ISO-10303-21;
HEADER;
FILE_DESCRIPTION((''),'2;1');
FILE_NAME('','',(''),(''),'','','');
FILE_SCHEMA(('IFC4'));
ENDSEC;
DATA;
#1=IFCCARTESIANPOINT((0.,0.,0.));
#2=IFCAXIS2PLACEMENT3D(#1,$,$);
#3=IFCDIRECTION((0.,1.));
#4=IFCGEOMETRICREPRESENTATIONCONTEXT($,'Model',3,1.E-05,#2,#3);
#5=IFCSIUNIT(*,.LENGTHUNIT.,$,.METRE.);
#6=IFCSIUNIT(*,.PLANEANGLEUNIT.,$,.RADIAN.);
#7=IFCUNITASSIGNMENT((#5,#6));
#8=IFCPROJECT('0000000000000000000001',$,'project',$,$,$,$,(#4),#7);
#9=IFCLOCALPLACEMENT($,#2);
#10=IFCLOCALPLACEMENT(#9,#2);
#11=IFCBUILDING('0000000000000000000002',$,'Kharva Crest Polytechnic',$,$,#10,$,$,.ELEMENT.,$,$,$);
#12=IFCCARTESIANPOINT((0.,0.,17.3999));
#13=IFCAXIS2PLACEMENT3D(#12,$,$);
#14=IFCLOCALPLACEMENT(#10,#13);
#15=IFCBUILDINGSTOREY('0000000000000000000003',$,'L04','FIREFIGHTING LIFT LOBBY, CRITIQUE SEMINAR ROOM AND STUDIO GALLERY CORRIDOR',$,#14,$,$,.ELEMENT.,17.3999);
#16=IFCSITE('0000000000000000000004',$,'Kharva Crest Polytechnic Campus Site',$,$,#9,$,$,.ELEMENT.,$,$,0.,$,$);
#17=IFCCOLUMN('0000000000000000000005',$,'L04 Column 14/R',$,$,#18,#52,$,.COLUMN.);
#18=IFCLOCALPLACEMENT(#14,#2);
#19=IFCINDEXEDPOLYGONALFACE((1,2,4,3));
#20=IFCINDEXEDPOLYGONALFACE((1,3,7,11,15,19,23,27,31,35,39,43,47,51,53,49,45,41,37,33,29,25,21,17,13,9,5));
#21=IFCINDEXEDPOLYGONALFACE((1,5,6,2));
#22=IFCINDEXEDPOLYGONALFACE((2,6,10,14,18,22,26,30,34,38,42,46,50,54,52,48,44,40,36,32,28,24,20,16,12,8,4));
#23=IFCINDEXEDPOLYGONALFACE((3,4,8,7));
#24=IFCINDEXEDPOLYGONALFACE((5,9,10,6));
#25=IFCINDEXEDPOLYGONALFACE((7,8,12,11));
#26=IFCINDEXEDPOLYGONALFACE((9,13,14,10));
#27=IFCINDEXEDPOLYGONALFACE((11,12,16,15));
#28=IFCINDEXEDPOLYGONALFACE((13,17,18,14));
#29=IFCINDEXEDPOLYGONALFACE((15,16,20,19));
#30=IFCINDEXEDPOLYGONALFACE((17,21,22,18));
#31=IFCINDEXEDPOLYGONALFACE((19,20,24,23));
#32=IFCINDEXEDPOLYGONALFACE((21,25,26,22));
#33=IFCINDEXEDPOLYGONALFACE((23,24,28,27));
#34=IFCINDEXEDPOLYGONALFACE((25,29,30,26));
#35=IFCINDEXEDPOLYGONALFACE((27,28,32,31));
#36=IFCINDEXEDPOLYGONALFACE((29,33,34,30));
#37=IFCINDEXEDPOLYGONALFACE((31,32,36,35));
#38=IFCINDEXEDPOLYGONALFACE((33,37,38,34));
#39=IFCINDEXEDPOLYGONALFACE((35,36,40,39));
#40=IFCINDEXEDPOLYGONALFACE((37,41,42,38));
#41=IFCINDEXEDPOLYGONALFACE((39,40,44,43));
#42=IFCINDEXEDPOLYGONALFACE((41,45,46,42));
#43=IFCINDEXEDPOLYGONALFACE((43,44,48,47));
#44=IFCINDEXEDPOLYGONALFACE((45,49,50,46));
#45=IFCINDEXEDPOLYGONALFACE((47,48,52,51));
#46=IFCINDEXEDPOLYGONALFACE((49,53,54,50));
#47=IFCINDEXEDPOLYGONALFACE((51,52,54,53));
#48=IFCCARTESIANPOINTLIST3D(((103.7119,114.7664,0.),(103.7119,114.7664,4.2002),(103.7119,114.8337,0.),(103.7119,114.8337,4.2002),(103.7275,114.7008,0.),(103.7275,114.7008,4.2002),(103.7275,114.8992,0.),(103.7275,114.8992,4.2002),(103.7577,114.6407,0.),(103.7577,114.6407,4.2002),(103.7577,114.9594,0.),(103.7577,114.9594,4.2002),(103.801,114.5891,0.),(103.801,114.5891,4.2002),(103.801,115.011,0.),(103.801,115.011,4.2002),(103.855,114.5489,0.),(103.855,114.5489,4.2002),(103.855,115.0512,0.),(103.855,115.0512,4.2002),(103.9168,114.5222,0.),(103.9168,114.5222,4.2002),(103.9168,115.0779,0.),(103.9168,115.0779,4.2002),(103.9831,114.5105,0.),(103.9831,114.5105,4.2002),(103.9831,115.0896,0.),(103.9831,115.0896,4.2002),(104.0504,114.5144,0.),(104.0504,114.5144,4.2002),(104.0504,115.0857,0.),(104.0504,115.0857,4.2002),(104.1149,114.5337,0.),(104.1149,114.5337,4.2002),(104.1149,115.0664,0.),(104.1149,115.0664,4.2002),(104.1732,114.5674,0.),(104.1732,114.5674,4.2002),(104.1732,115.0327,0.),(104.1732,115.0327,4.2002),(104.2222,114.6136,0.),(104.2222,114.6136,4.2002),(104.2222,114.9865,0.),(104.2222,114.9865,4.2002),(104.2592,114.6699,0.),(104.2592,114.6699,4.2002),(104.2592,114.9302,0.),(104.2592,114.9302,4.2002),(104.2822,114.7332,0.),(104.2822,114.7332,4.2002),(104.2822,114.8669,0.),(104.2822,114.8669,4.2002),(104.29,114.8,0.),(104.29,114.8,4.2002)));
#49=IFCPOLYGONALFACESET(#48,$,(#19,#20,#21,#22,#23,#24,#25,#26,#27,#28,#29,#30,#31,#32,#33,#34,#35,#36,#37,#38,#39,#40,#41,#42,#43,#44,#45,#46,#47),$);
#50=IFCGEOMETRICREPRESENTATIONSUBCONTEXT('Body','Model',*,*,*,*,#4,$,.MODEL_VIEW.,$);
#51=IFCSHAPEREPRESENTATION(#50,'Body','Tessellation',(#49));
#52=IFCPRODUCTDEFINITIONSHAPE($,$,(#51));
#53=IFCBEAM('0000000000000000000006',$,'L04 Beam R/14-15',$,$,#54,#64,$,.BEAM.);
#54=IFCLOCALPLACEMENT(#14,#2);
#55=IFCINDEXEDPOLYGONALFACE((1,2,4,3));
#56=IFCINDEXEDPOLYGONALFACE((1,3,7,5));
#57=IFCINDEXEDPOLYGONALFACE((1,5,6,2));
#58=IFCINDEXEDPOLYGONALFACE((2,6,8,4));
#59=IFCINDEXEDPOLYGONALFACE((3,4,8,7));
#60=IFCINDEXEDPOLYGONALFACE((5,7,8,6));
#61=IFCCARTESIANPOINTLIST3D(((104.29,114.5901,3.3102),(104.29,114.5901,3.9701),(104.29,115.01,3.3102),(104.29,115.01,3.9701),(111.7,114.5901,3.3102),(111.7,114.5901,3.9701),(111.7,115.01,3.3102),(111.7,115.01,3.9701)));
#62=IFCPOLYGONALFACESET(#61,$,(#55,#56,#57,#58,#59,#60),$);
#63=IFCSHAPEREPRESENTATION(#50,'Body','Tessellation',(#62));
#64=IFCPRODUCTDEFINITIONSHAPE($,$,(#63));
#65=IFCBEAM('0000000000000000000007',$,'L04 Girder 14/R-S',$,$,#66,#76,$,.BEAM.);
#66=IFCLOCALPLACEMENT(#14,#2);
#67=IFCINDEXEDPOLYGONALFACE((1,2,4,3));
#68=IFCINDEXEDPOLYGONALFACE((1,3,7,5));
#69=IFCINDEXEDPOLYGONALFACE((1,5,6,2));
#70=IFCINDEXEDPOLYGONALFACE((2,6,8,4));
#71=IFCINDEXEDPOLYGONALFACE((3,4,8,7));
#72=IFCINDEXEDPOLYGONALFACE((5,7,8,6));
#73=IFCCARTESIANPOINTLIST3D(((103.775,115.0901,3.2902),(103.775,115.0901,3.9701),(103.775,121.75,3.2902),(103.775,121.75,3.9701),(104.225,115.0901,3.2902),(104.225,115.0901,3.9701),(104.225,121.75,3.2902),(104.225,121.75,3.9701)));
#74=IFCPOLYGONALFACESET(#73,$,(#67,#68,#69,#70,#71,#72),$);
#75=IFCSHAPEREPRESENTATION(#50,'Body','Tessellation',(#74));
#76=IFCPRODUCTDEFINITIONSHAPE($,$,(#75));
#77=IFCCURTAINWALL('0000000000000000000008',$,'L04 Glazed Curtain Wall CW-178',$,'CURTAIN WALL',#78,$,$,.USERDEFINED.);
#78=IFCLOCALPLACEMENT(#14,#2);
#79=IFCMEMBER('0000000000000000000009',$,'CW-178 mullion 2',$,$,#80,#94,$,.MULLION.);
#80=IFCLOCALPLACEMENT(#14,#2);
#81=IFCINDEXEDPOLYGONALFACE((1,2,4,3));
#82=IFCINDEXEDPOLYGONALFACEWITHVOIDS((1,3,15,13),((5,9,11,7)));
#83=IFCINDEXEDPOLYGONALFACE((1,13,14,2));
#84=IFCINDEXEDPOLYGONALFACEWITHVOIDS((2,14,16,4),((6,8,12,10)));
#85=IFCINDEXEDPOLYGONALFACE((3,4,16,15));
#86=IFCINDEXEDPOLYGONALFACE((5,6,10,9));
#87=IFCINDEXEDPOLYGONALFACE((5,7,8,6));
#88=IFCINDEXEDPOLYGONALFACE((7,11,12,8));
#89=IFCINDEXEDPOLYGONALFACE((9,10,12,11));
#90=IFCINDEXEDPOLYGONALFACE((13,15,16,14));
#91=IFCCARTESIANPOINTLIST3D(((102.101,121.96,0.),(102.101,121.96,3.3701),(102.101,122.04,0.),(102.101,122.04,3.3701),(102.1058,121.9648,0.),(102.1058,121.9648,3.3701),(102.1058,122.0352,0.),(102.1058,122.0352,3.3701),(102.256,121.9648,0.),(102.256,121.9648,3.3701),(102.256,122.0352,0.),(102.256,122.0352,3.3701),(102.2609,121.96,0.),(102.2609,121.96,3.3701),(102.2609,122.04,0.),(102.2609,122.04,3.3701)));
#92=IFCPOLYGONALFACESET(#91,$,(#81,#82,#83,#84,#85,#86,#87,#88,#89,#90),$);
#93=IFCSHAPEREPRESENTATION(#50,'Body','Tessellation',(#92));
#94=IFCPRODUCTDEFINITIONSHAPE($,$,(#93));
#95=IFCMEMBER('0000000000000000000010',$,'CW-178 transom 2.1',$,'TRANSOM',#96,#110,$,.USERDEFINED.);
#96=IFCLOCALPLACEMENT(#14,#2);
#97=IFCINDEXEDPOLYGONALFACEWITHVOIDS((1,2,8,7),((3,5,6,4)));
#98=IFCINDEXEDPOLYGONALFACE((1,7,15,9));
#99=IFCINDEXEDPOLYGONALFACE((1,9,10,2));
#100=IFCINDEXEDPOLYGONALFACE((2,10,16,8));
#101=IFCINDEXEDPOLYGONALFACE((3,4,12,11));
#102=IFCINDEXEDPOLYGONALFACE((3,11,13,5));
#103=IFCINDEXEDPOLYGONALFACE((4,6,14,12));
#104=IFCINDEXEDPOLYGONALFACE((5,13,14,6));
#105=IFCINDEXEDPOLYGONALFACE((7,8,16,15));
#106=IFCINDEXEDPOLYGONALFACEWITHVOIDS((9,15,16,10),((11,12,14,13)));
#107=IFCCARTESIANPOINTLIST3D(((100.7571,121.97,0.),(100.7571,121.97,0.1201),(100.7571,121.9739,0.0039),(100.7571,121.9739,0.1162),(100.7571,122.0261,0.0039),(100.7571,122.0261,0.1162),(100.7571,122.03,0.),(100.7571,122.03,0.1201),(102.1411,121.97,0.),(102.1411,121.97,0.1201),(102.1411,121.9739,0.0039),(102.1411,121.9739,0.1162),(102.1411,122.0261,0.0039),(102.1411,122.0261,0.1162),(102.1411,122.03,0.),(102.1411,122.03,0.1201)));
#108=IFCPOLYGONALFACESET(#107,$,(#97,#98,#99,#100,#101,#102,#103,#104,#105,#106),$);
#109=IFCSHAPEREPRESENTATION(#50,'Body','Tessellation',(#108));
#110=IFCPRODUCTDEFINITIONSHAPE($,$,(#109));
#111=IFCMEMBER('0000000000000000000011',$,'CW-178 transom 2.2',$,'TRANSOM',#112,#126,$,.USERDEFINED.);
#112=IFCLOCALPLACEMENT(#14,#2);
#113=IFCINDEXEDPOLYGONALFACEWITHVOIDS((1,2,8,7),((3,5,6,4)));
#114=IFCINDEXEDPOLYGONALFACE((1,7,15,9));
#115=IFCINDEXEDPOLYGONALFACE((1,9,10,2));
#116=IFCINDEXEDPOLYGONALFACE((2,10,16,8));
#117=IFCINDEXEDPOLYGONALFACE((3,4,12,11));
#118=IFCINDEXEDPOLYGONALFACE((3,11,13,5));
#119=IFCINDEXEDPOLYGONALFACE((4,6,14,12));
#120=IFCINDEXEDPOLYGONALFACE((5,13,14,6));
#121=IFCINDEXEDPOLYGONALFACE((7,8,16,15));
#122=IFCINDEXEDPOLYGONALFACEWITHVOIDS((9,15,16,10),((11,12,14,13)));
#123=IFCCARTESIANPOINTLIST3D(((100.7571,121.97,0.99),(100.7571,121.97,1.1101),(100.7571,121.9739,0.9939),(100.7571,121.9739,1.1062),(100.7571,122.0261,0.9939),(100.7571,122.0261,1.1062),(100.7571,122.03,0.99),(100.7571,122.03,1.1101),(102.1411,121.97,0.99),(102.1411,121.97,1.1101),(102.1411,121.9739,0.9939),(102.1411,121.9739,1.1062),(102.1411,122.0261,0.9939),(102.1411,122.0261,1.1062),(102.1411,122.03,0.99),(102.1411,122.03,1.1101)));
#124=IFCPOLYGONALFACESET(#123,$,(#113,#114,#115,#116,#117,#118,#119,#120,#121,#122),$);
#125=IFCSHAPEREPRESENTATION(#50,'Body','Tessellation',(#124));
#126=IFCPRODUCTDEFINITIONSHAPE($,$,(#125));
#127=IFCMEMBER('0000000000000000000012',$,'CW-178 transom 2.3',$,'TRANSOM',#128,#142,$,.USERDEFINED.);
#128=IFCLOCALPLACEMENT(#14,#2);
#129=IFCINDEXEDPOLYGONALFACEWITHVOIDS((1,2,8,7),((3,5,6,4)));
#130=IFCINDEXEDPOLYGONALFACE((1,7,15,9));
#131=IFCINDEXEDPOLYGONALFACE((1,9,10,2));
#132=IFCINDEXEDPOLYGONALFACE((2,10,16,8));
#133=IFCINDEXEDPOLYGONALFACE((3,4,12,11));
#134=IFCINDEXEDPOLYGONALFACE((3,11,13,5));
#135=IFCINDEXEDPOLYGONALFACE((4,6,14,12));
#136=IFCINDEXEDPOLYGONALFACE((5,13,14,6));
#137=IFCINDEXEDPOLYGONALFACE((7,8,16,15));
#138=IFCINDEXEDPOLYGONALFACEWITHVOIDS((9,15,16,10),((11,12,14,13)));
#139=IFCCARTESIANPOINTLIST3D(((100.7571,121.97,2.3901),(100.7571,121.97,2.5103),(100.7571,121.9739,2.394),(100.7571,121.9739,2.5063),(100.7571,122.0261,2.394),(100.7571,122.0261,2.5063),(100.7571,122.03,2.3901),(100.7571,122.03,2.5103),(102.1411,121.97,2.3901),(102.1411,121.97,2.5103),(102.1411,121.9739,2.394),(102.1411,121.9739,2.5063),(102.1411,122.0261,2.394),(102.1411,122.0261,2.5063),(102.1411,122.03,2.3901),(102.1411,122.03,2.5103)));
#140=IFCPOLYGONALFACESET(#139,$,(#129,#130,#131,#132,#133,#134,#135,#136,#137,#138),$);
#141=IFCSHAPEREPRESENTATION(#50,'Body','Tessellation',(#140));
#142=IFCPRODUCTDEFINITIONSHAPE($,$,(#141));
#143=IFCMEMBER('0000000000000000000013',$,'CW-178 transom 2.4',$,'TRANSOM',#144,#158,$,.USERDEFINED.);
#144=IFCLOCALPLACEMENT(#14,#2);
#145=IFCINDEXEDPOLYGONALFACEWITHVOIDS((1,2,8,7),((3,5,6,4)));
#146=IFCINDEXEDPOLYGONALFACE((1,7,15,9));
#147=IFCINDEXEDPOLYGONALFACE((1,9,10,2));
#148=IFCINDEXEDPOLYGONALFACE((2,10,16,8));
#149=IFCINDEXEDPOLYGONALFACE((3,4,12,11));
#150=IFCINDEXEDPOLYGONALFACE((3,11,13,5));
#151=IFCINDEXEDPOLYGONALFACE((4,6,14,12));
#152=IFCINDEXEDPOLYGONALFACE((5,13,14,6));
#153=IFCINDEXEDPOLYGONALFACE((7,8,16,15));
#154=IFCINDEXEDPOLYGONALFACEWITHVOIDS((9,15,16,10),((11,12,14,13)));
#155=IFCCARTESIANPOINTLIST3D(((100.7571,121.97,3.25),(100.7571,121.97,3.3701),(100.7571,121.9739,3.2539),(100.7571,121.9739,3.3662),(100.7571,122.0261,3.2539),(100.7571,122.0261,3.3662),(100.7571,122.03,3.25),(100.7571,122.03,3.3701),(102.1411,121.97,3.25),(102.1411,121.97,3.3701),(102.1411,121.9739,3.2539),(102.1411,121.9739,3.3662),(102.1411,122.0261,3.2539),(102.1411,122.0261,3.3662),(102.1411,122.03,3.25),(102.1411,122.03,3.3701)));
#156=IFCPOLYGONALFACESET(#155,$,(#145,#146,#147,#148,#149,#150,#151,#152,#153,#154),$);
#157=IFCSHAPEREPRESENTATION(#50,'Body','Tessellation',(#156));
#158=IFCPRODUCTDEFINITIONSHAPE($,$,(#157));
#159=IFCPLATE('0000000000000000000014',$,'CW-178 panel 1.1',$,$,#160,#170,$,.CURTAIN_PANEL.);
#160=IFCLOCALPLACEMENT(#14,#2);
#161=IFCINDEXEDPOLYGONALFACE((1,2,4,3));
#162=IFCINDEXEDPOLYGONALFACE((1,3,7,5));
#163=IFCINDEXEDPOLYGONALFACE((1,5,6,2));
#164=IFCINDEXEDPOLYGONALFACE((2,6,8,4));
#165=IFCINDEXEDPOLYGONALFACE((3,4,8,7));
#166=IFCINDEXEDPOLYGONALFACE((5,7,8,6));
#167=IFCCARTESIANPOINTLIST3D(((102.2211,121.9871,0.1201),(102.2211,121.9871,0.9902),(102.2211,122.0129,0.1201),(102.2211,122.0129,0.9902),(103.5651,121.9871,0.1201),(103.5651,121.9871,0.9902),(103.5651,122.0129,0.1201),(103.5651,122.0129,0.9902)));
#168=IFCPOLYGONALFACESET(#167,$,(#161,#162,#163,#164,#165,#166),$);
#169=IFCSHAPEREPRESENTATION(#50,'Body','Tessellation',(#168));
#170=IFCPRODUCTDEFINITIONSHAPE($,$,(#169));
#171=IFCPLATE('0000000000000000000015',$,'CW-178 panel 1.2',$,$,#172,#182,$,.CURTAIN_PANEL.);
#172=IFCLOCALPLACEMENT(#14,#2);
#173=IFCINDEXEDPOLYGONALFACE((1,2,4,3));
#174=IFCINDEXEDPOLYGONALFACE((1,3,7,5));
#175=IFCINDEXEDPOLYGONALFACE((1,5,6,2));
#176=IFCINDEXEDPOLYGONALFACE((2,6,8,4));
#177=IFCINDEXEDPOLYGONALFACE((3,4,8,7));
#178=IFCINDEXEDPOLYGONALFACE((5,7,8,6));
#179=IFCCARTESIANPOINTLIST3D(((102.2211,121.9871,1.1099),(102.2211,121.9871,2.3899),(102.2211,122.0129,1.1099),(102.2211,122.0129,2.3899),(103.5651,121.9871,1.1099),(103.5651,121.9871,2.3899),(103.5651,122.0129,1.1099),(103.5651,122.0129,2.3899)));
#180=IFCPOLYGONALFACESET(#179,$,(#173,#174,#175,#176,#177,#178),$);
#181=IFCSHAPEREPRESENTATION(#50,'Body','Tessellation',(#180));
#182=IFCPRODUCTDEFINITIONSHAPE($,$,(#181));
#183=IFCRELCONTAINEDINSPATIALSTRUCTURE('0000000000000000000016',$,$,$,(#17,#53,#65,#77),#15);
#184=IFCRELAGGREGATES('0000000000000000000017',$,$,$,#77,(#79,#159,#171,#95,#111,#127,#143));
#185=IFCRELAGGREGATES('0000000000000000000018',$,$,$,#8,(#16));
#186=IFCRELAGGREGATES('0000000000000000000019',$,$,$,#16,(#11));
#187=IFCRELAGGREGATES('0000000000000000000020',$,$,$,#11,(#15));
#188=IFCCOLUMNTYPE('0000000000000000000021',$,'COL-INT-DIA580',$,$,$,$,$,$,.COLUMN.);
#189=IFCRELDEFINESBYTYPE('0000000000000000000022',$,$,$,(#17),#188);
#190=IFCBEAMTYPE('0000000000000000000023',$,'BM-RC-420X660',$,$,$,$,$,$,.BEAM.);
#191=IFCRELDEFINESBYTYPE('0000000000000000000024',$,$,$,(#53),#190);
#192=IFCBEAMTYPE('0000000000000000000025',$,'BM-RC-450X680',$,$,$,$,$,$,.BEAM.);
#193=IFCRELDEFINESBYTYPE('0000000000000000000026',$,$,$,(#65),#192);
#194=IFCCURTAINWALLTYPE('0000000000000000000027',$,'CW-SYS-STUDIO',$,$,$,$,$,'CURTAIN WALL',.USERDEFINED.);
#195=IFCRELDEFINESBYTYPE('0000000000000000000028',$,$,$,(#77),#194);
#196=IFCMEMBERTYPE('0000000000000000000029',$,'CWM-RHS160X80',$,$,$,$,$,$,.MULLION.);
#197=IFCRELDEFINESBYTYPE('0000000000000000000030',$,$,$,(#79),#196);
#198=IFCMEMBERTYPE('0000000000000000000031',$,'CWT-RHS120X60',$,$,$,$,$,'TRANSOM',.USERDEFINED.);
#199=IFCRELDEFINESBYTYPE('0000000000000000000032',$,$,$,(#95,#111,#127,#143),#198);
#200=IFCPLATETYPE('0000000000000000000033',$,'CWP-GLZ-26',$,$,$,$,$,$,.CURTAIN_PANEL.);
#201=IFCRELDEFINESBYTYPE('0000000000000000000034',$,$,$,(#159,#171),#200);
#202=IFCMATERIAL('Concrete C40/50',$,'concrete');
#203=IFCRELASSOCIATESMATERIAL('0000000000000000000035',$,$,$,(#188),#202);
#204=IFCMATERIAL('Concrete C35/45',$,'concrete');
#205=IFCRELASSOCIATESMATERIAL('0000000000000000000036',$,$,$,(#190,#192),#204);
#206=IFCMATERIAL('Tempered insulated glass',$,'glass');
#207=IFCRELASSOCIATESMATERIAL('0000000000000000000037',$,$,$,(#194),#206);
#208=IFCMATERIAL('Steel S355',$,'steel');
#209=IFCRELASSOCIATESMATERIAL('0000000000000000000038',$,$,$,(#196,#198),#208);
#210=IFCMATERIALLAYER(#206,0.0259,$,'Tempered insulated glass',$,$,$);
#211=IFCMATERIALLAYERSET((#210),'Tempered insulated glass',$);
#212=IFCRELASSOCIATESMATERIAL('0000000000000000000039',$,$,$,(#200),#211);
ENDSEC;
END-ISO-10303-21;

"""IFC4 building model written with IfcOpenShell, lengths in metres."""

from ifc_helpers import new_model, si_unit, direction, frame, origin, origin_2d, place, context, subcontext, project, spatial, rectangle, hollow_rectangle, circle, extrude, material, layer, layer_set, material_profile, profile_set, type_object, element, aggregate, save


model = new_model("IFC4")

# Units and contexts
model_context = context("Model", 3, precision=1e-05, world=origin(), true_north=direction((0.0, 1.0)))
body_context = subcontext(model_context, "Body", "Model", "MODEL_VIEW")
ifc_project = project(units=[si_unit("LENGTHUNIT", "METRE"), si_unit("PLANEANGLEUNIT", "RADIAN")], contexts=[model_context])

# Site, building, storey
site_placement = place(None, origin())
site = spatial("IfcSite", under=ifc_project, at=site_placement, Name="Kharva Crest Polytechnic Campus Site", CompositionType="ELEMENT", RefElevation=0.0)
building_placement = place(site_placement, origin())
building = spatial("IfcBuilding", under=site, at=building_placement, Name="Kharva Crest Polytechnic", CompositionType="ELEMENT")
storey_placement = place(building_placement, frame((0.0, 0.0, 17.3999)))
storey = spatial("IfcBuildingStorey", under=building, at=storey_placement, Name="L04", Description="FIREFIGHTING LIFT LOBBY, CRITIQUE SEMINAR ROOM AND STUDIO GALLERY CORRIDOR", CompositionType="ELEMENT", Elevation=17.3999)

# Column
ifc_material_1 = material(Name="Concrete C40/50", Category="concrete")
ifc_material_profile_1 = material_profile(ifc_material_1, circle(Radius=0.29, at=origin_2d()), Name="DIA 580")
ifc_profile_set_1 = profile_set([ifc_material_profile_1], Name="Concrete C40/50")
column_type = type_object("IfcColumnType", Name="COL-INT-DIA580", PredefinedType="COLUMN", material=ifc_profile_set_1)
column_placement = place(storey_placement, frame((104.0, 114.8, 0.0), z_axis=(0.0, 0.0, 1.0), x_axis=(1.0, 0.0, 0.0)))
element("IfcColumn", 1, at=column_placement, inside=storey, type_object=column_type, Name="L04 Column 14/R", PredefinedType="COLUMN", context=body_context, shape_type="SweptSolid", body=[
    extrude(circle(Radius=0.29, at=origin_2d()), origin(), (0.0, 0.0, 1.0), 4.2002),
])

# Beams
ifc_material_2 = material(Name="Concrete C35/45", Category="concrete")
ifc_material_profile_2 = material_profile(ifc_material_2, rectangle(XDim=0.4199, YDim=0.6599, at=origin_2d()), Name="RECT 420 X 660")
ifc_profile_set_2 = profile_set([ifc_material_profile_2], Name="Concrete C35/45")
beam_type_1 = type_object("IfcBeamType", Name="BM-RC-420X660", PredefinedType="BEAM", material=ifc_profile_set_2)
beam_1_placement = place(storey_placement, frame((104.29, 114.8, 3.6401), z_axis=(1.0, 0.0, 0.0), x_axis=(0.0, 1.0, 0.0)))
element("IfcBeam", 2, at=beam_1_placement, inside=storey, type_object=beam_type_1, Name="L04 Beam R/14-15", PredefinedType="BEAM", context=body_context, shape_type="SweptSolid", body=[
    extrude(rectangle(XDim=0.4199, YDim=0.6599, at=origin_2d()), origin(), (0.0, 0.0, 1.0), 7.4099),
])
ifc_material_profile_3 = material_profile(ifc_material_2, rectangle(XDim=0.45, YDim=0.6799, at=origin_2d()), Name="RECT 450 X 680")
ifc_profile_set_3 = profile_set([ifc_material_profile_3], Name="Concrete C35/45")
beam_type_2 = type_object("IfcBeamType", Name="BM-RC-450X680", PredefinedType="BEAM", material=ifc_profile_set_3)
beam_2_placement = place(storey_placement, frame((104.0, 115.0901, 3.6301), z_axis=(0.0, 1.0, 0.0), x_axis=(-1.0, 0.0, 0.0)))
element("IfcBeam", 3, at=beam_2_placement, inside=storey, type_object=beam_type_2, Name="L04 Girder 14/R-S", PredefinedType="BEAM", context=body_context, shape_type="SweptSolid", body=[
    extrude(rectangle(XDim=0.45, YDim=0.6799, at=origin_2d()), origin(), (0.0, 0.0, 1.0), 6.6599),
])

# Curtain wall, members, plates
ifc_material_3 = material(Name="Tempered insulated glass", Category="glass")
curtain_wall_type = type_object("IfcCurtainWallType", Name="CW-SYS-STUDIO", ElementType="CURTAIN WALL", PredefinedType="USERDEFINED", material=ifc_material_3)
curtain_wall_placement = place(storey_placement, origin())
curtain_wall = element("IfcCurtainWall", 4, at=curtain_wall_placement, inside=storey, type_object=curtain_wall_type, Name="L04 Glazed Curtain Wall CW-178", ObjectType="CURTAIN WALL", PredefinedType="USERDEFINED")
ifc_material_4 = material(Name="Steel S355", Category="steel")
ifc_material_profile_4 = material_profile(ifc_material_4, hollow_rectangle(XDim=0.0801, YDim=0.1599, WallThickness=0.0049, at=origin_2d()), Name="RHS 160X80X5.0")
ifc_profile_set_4 = profile_set([ifc_material_profile_4], Name="Steel S355")
member_type_1 = type_object("IfcMemberType", Name="CWM-RHS160X80", PredefinedType="MULLION", material=ifc_profile_set_4)
member_1_placement = place(storey_placement, frame((102.1809, 122.0, 0.0), z_axis=(0.0, 0.0, 1.0), x_axis=(0.0, -1.0, 0.0)))
member_1 = element("IfcMember", 5, at=member_1_placement, type_object=member_type_1, Name="CW-178 mullion 2", PredefinedType="MULLION", context=body_context, shape_type="SweptSolid", body=[
    extrude(hollow_rectangle(XDim=0.0801, YDim=0.1599, WallThickness=0.0049, at=origin_2d()), origin(), (0.0, 0.0, 1.0), 3.3701),
])
ifc_material_profile_5 = material_profile(ifc_material_4, hollow_rectangle(XDim=0.0601, YDim=0.1201, WallThickness=0.0039, at=origin_2d()), Name="RHS 120X60X4.0")
ifc_profile_set_5 = profile_set([ifc_material_profile_5], Name="Steel S355")
member_type_2 = type_object("IfcMemberType", Name="CWT-RHS120X60", ElementType="TRANSOM", PredefinedType="USERDEFINED", material=ifc_profile_set_5)
member_2_placement = place(storey_placement, frame((102.1411, 122.0, 0.0601), z_axis=(-1.0, 0.0, 0.0), x_axis=(0.0, -1.0, 0.0)))
member_2 = element("IfcMember", 6, at=member_2_placement, type_object=member_type_2, Name="CW-178 transom 2.1", ObjectType="TRANSOM", PredefinedType="USERDEFINED", context=body_context, shape_type="SweptSolid", body=[
    extrude(hollow_rectangle(XDim=0.0601, YDim=0.1201, WallThickness=0.0039, at=origin_2d()), origin(), (0.0, 0.0, 1.0), 1.384),
])
member_3_placement = place(storey_placement, frame((102.1411, 122.0, 1.05), z_axis=(-1.0, 0.0, 0.0), x_axis=(0.0, -1.0, 0.0)))
member_3 = element("IfcMember", 7, at=member_3_placement, type_object=member_type_2, Name="CW-178 transom 2.2", ObjectType="TRANSOM", PredefinedType="USERDEFINED", context=body_context, shape_type="SweptSolid", body=[
    extrude(hollow_rectangle(XDim=0.0601, YDim=0.1201, WallThickness=0.0039, at=origin_2d()), origin(), (0.0, 0.0, 1.0), 1.384),
])
member_4_placement = place(storey_placement, frame((102.1411, 122.0, 2.4502), z_axis=(-1.0, 0.0, 0.0), x_axis=(0.0, -1.0, 0.0)))
member_4 = element("IfcMember", 8, at=member_4_placement, type_object=member_type_2, Name="CW-178 transom 2.3", ObjectType="TRANSOM", PredefinedType="USERDEFINED", context=body_context, shape_type="SweptSolid", body=[
    extrude(hollow_rectangle(XDim=0.0601, YDim=0.1201, WallThickness=0.0039, at=origin_2d()), origin(), (0.0, 0.0, 1.0), 1.384),
])
member_5_placement = place(storey_placement, frame((102.1411, 122.0, 3.3101), z_axis=(-1.0, 0.0, 0.0), x_axis=(0.0, -1.0, 0.0)))
member_5 = element("IfcMember", 9, at=member_5_placement, type_object=member_type_2, Name="CW-178 transom 2.4", ObjectType="TRANSOM", PredefinedType="USERDEFINED", context=body_context, shape_type="SweptSolid", body=[
    extrude(hollow_rectangle(XDim=0.0601, YDim=0.1201, WallThickness=0.0039, at=origin_2d()), origin(), (0.0, 0.0, 1.0), 1.384),
])
ifc_layer_1 = layer(ifc_material_3, 0.0259, Name="Tempered insulated glass")
ifc_layer_set_1 = layer_set([ifc_layer_1], Name="Tempered insulated glass")
plate_type = type_object("IfcPlateType", Name="CWP-GLZ-26", PredefinedType="CURTAIN_PANEL", material=ifc_layer_set_1)
plate_1_placement = place(storey_placement, frame((102.8931, 122.0, 0.1201), z_axis=(0.0, 0.0, 1.0), x_axis=(-1.0, 0.0, 0.0)))
plate_1 = element("IfcPlate", 10, at=plate_1_placement, type_object=plate_type, Name="CW-178 panel 1.1", PredefinedType="CURTAIN_PANEL", context=body_context, shape_type="SweptSolid", body=[
    extrude(rectangle(XDim=1.344, YDim=0.0259, at=origin_2d()), origin(), (0.0, 0.0, 1.0), 0.8701),
])
plate_2_placement = place(storey_placement, frame((102.8931, 122.0, 1.1099), z_axis=(0.0, 0.0, 1.0), x_axis=(-1.0, 0.0, 0.0)))
plate_2 = element("IfcPlate", 11, at=plate_2_placement, type_object=plate_type, Name="CW-178 panel 1.2", PredefinedType="CURTAIN_PANEL", context=body_context, shape_type="SweptSolid", body=[
    extrude(rectangle(XDim=1.344, YDim=0.0259, at=origin_2d()), origin(), (0.0, 0.0, 1.0), 1.28),
])
aggregate(curtain_wall, [member_1, plate_1, plate_2, member_2, member_3, member_4, member_5])

save(model, "model.ifc")
